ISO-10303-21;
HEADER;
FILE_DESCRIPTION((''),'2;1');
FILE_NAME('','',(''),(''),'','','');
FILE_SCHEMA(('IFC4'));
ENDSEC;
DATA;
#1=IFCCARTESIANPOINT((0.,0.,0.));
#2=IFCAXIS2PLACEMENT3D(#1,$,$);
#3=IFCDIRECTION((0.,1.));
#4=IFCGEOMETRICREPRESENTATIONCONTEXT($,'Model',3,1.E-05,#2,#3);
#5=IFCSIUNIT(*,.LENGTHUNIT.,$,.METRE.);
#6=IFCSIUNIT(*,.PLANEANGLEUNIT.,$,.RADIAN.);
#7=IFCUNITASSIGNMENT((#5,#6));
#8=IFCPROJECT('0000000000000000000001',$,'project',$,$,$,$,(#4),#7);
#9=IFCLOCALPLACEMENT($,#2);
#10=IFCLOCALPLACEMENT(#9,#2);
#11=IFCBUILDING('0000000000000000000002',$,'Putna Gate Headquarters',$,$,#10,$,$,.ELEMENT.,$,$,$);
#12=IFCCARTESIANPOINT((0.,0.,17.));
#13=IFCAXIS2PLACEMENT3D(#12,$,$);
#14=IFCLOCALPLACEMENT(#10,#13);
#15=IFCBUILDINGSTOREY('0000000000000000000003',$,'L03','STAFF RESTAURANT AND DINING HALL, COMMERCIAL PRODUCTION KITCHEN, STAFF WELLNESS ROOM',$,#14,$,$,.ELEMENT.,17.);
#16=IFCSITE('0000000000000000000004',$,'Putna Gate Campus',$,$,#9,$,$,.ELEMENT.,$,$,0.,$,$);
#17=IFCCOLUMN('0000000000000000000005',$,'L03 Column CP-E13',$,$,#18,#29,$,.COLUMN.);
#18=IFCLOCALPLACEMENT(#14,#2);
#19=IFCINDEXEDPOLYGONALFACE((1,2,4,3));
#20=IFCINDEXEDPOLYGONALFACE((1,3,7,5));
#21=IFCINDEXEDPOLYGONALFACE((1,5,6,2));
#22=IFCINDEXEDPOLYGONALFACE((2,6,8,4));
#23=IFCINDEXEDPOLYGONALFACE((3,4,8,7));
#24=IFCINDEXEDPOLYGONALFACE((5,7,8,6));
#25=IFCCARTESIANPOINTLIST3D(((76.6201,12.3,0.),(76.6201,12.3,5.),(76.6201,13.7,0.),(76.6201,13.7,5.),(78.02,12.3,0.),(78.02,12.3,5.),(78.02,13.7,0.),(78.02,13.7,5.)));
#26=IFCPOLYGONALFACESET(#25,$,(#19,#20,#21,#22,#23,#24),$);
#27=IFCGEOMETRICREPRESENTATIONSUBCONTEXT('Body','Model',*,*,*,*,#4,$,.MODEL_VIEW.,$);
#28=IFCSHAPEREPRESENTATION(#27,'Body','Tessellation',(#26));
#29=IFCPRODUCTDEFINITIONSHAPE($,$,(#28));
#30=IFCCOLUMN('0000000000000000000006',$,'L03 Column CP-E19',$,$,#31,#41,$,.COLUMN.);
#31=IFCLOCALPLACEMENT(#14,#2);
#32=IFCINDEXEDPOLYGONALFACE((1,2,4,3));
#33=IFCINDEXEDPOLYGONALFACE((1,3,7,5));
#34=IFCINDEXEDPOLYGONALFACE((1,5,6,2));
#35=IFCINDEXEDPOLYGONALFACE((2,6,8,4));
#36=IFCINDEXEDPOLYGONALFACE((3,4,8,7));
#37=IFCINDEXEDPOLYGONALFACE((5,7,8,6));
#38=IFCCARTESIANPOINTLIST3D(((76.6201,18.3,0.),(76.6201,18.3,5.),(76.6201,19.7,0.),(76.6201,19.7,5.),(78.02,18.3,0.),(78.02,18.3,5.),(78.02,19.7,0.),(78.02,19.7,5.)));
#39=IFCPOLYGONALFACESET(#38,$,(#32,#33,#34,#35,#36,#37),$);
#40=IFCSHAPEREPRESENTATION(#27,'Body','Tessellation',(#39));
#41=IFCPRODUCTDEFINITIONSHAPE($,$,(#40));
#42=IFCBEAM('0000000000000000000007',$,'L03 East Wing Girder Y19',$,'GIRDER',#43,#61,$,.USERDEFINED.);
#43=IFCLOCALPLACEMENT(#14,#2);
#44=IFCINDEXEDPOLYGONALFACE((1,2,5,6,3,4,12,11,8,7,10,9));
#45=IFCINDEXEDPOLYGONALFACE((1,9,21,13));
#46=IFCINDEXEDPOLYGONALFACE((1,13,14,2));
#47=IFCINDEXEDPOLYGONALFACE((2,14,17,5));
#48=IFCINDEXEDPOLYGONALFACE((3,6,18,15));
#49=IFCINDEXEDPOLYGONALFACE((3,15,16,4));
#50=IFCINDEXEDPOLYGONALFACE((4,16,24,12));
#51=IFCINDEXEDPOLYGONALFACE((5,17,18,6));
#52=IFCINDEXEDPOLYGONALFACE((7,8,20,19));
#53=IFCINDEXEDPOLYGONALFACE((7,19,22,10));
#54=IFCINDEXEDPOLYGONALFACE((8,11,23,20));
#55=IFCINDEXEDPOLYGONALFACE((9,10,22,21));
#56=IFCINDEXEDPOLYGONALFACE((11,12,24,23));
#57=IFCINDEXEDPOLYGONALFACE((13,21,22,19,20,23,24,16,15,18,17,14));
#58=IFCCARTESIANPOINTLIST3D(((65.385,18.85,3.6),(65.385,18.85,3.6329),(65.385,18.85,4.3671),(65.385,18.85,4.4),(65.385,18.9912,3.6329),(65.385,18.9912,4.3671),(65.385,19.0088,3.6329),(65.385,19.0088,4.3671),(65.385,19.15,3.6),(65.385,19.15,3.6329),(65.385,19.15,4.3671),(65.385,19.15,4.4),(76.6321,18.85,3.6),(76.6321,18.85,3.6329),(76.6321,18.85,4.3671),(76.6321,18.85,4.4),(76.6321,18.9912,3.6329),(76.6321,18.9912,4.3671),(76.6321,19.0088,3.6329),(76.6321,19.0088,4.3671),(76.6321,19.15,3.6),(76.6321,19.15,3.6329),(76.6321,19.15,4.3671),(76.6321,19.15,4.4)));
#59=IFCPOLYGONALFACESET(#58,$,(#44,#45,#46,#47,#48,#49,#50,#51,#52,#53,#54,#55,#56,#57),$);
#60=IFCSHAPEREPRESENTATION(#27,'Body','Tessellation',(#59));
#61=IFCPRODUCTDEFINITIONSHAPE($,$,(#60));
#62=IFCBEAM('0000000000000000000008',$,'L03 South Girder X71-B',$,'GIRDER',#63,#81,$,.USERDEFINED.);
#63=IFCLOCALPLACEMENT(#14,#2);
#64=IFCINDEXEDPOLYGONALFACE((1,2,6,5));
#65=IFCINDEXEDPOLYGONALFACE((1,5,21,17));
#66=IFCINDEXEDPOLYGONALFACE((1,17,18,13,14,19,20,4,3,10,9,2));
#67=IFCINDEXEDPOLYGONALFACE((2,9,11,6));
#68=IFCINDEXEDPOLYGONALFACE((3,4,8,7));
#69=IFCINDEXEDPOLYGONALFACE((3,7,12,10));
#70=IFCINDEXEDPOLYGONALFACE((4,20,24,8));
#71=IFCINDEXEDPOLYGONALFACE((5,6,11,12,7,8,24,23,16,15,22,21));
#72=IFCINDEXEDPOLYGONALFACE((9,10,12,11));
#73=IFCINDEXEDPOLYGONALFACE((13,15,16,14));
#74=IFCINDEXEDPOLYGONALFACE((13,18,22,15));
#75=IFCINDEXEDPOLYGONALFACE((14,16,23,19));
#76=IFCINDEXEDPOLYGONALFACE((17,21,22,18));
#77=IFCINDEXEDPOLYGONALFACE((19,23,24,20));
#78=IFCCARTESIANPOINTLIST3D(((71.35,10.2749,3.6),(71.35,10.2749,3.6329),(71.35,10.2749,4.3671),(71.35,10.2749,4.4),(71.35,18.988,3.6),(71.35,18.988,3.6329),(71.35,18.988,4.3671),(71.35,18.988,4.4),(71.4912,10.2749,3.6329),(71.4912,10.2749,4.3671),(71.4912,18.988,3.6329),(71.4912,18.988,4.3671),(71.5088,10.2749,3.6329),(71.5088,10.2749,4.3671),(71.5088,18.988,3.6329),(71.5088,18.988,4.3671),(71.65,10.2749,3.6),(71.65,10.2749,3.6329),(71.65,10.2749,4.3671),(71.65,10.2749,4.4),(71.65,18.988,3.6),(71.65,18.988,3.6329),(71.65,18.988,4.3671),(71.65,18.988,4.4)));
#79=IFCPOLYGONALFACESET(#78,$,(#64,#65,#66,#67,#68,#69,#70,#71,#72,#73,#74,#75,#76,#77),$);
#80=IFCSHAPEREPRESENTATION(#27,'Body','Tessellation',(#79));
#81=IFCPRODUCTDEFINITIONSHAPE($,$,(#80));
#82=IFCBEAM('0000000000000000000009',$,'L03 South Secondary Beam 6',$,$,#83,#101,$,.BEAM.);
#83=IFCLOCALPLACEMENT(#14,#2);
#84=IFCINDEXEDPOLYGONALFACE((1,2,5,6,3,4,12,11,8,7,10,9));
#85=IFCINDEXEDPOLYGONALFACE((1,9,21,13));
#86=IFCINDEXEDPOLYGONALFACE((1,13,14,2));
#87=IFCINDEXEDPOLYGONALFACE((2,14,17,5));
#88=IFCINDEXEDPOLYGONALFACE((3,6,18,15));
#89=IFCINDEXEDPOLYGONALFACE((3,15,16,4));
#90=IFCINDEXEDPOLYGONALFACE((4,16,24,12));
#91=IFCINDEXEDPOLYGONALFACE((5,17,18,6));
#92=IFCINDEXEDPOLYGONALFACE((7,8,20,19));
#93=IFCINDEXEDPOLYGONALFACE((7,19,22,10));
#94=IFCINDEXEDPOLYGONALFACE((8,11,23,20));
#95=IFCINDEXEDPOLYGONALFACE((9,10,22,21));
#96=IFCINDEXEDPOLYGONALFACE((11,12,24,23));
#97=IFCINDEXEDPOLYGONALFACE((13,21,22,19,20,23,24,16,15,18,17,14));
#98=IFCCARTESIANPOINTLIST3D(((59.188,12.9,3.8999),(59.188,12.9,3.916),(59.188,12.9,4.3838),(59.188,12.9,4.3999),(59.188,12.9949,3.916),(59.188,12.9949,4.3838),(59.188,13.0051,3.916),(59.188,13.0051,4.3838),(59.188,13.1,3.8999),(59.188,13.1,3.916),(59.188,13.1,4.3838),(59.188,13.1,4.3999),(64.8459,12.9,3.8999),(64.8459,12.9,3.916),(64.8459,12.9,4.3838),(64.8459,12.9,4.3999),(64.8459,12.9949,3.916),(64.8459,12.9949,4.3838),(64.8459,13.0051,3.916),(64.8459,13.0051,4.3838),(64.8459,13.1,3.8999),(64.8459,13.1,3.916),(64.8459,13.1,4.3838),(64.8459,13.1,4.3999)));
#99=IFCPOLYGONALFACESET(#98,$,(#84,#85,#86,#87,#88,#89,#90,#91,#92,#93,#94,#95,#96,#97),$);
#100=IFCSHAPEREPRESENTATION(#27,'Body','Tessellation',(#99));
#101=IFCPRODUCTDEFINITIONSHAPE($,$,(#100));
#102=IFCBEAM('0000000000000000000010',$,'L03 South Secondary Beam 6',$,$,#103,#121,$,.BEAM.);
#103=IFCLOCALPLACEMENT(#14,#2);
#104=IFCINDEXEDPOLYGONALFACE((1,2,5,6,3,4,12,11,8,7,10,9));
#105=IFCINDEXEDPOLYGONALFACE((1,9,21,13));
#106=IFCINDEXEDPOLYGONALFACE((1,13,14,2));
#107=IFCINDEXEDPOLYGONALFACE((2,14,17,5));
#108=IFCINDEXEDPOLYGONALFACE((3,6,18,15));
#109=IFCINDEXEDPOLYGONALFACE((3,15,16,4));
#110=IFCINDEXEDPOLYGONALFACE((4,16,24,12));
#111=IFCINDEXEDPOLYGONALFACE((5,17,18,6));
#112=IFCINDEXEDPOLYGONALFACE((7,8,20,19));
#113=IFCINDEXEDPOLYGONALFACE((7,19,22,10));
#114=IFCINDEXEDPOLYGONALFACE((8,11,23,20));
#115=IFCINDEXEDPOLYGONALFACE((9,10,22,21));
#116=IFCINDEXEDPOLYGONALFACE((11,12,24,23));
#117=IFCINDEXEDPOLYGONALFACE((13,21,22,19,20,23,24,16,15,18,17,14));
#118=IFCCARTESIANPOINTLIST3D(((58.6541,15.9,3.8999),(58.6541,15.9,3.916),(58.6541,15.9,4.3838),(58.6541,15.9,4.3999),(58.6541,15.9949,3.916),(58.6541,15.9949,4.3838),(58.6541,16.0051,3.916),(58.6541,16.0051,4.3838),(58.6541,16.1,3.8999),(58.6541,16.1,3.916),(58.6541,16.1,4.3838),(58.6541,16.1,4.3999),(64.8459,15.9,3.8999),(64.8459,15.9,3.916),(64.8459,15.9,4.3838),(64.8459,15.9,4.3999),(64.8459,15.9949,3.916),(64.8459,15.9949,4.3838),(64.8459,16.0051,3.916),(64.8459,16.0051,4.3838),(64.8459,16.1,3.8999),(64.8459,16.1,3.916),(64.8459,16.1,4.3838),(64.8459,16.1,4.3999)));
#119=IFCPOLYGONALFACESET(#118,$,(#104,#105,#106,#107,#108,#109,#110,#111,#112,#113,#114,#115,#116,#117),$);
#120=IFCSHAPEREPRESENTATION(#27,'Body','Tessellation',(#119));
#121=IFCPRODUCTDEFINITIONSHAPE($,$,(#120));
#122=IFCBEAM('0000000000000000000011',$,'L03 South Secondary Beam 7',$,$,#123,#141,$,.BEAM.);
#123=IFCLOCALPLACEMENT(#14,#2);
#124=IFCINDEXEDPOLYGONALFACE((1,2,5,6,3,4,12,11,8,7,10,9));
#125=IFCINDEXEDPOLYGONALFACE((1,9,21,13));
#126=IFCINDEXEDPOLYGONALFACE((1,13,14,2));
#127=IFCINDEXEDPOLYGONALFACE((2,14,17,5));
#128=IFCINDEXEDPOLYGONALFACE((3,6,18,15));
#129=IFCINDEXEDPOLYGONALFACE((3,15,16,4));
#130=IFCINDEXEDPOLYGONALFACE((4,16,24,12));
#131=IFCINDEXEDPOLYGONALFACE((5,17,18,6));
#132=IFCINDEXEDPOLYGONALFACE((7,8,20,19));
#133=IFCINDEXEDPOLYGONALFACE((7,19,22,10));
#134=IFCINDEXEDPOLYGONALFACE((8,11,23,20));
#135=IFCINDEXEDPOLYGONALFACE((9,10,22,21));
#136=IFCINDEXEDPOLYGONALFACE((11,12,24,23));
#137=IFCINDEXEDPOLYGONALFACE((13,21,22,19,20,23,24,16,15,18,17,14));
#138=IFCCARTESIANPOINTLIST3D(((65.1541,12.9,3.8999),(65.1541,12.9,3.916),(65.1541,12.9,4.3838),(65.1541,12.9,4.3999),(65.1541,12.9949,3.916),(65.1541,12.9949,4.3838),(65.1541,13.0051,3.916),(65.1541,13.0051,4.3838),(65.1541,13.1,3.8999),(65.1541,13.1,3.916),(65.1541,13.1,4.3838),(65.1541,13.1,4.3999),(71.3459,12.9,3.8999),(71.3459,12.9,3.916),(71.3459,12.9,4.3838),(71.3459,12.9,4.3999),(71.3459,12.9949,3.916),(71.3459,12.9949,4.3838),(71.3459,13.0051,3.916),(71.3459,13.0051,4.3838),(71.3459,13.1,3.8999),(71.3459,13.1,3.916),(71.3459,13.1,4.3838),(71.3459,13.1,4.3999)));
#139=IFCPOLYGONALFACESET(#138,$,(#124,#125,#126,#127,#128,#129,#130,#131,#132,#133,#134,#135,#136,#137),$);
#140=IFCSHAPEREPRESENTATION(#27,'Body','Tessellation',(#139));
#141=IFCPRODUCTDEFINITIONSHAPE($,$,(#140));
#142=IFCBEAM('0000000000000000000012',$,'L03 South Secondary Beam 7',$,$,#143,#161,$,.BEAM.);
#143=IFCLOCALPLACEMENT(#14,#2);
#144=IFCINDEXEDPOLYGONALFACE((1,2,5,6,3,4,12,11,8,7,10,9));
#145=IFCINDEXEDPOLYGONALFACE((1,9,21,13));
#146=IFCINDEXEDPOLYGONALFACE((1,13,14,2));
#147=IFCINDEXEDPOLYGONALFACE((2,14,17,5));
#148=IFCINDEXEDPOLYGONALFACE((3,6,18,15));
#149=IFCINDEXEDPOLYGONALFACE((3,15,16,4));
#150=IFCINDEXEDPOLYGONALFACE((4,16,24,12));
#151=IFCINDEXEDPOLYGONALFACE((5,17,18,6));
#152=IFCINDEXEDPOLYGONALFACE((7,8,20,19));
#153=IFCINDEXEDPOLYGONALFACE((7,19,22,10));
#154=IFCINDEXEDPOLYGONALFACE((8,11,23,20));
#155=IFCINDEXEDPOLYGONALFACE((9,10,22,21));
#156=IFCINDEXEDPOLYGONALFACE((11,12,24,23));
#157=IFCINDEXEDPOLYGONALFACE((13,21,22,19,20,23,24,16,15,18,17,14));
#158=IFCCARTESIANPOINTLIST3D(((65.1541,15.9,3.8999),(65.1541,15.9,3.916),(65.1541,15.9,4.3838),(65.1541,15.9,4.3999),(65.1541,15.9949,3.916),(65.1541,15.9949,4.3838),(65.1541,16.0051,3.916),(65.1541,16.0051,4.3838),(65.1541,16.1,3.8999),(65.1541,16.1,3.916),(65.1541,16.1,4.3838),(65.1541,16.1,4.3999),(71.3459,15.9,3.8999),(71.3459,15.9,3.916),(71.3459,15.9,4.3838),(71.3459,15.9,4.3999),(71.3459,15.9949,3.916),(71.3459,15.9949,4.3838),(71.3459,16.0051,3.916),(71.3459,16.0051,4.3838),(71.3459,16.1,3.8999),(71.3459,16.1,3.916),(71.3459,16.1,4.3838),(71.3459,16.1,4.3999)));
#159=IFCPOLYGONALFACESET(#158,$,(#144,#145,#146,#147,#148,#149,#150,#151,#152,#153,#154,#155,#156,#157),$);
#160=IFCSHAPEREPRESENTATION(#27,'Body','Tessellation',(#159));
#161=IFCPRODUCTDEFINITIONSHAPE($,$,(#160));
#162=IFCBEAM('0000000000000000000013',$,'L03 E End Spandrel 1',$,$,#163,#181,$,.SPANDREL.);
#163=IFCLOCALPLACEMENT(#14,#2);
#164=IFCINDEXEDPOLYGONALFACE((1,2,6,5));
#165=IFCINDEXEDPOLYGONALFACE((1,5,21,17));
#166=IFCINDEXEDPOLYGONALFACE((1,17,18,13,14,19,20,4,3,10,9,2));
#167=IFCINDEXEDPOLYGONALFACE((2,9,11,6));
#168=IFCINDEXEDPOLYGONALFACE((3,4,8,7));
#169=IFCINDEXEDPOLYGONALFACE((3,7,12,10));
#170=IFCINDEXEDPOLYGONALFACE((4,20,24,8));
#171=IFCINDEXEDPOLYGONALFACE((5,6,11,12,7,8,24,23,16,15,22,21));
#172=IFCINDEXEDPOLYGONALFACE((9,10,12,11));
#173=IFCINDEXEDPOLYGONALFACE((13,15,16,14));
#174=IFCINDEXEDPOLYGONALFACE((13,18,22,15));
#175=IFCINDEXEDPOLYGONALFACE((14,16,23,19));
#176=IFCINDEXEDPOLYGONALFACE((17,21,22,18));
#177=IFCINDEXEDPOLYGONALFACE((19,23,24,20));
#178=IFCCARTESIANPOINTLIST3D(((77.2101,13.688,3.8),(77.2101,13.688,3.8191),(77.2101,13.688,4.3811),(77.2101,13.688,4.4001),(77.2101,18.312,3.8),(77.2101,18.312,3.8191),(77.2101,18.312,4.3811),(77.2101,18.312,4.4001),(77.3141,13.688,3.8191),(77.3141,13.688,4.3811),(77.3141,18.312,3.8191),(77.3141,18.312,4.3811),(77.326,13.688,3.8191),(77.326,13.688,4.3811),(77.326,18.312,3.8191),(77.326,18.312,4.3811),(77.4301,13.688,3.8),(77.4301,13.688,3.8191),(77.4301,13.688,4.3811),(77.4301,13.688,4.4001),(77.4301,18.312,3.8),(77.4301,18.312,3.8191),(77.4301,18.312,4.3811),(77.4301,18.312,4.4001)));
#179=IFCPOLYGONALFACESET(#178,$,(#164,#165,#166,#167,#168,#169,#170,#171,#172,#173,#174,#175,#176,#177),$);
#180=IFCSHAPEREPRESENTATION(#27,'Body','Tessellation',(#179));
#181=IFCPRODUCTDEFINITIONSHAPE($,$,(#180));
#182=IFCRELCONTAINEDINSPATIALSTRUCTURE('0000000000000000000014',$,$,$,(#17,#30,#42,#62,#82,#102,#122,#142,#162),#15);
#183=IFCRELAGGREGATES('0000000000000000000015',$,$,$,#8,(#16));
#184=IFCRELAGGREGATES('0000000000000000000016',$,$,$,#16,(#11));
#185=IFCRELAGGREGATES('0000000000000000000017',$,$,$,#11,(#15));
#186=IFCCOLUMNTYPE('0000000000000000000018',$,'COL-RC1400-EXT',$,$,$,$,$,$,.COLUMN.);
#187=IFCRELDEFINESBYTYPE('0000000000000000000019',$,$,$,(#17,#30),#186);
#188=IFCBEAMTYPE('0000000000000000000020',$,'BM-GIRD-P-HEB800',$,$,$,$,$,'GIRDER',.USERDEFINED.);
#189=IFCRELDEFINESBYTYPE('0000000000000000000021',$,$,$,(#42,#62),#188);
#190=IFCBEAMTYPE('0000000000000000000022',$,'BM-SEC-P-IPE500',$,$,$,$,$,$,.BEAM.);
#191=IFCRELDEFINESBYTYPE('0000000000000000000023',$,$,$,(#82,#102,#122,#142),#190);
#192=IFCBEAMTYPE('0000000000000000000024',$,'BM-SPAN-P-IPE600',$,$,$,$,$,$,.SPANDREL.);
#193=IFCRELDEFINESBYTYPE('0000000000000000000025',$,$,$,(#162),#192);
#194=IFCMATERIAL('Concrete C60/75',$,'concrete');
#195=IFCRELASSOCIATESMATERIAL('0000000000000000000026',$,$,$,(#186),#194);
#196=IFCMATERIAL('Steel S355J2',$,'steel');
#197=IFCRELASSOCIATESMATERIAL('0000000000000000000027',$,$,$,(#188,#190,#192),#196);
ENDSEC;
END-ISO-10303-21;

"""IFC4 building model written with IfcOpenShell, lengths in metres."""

from ifc_helpers import new_model, si_unit, direction, frame, origin, origin_2d, place, context, subcontext, project, spatial, rectangle, i_section, extrude, material, material_profile, profile_set, type_object, element, save


model = new_model("IFC4")

# Units and contexts
model_context = context("Model", 3, precision=1e-05, world=origin(), true_north=direction((0.0, 1.0)))
body_context = subcontext(model_context, "Body", "Model", "MODEL_VIEW")
ifc_project = project(units=[si_unit("LENGTHUNIT", "METRE"), si_unit("PLANEANGLEUNIT", "RADIAN")], contexts=[model_context])

# Site, building, storey
site_placement = place(None, origin())
site = spatial("IfcSite", under=ifc_project, at=site_placement, Name="Putna Gate Campus", CompositionType="ELEMENT", RefElevation=0.0)
building_placement = place(site_placement, origin())
building = spatial("IfcBuilding", under=site, at=building_placement, Name="Putna Gate Headquarters", CompositionType="ELEMENT")
storey_placement = place(building_placement, frame((0.0, 0.0, 17.0)))
storey = spatial("IfcBuildingStorey", under=building, at=storey_placement, Name="L03", Description="STAFF RESTAURANT AND DINING HALL, COMMERCIAL PRODUCTION KITCHEN, STAFF WELLNESS ROOM", CompositionType="ELEMENT", Elevation=17.0)

# Columns
ifc_material_1 = material(Name="Concrete C60/75", Category="concrete")
ifc_material_profile_1 = material_profile(ifc_material_1, rectangle(XDim=1.3999, YDim=1.3999, at=origin_2d()), Name="Concrete C60/75")
ifc_profile_set_1 = profile_set([ifc_material_profile_1], Name="Concrete C60/75")
column_type = type_object("IfcColumnType", Name="COL-RC1400-EXT", PredefinedType="COLUMN", material=ifc_profile_set_1)
for number, where, z_axis, x_axis, name in (
    (1, (77.3201, 13.0, 0.0), (0.0, 0.0, 1.0), (1.0, 0.0, 0.0), "L03 Column CP-E13"),
    (2, (77.3201, 19.0, 0.0), (0.0, 0.0, 1.0), (1.0, 0.0, 0.0), "L03 Column CP-E19"),
):
    element("IfcColumn", number, at=place(storey_placement, frame(where, z_axis=z_axis, x_axis=x_axis)), inside=storey, type_object=column_type, Name=name, PredefinedType="COLUMN", context=body_context, shape_type="SweptSolid", body=[
        extrude(rectangle(XDim=1.3999, YDim=1.3999, at=origin_2d()), origin(), (0.0, 0.0, 1.0), 5.0),
    ])

# Beams
ifc_material_2 = material(Name="Steel S355J2", Category="steel")
ifc_material_profile_2 = material_profile(ifc_material_2, i_section(OverallWidth=0.3, OverallDepth=0.8, WebThickness=0.0176, FlangeThickness=0.033, at=origin_2d()), Name="Steel S355J2")
ifc_profile_set_2 = profile_set([ifc_material_profile_2], Name="Steel S355J2")
beam_type_1 = type_object("IfcBeamType", Name="BM-GIRD-P-HEB800", ElementType="GIRDER", PredefinedType="USERDEFINED", material=ifc_profile_set_2)
beam_1_placement = place(storey_placement, frame((65.385, 19.0, 4.0), z_axis=(1.0, 0.0, 0.0), x_axis=(0.0, 1.0, 0.0)))
element("IfcBeam", 3, at=beam_1_placement, inside=storey, type_object=beam_type_1, Name="L03 East Wing Girder Y19", ObjectType="GIRDER", PredefinedType="USERDEFINED", context=body_context, shape_type="SweptSolid", body=[
    extrude(i_section(OverallWidth=0.3, OverallDepth=0.8, WebThickness=0.0176, FlangeThickness=0.033, at=origin_2d()), origin(), (0.0, 0.0, 1.0), 11.2471),
])
beam_2_placement = place(storey_placement, frame((71.5, 10.2749, 4.0), z_axis=(0.0, 1.0, 0.0), x_axis=(-1.0, 0.0, 0.0)))
element("IfcBeam", 4, at=beam_2_placement, inside=storey, type_object=beam_type_1, Name="L03 South Girder X71-B", ObjectType="GIRDER", PredefinedType="USERDEFINED", context=body_context, shape_type="SweptSolid", body=[
    extrude(i_section(OverallWidth=0.3, OverallDepth=0.8, WebThickness=0.0176, FlangeThickness=0.033, at=origin_2d()), origin(), (0.0, 0.0, 1.0), 8.7131),
])
ifc_material_profile_3 = material_profile(ifc_material_2, i_section(OverallWidth=0.2, OverallDepth=0.5, WebThickness=0.0103, FlangeThickness=0.0161, at=origin_2d()), Name="Steel S355J2")
ifc_profile_set_3 = profile_set([ifc_material_profile_3], Name="Steel S355J2")
beam_type_2 = type_object("IfcBeamType", Name="BM-SEC-P-IPE500", PredefinedType="BEAM", material=ifc_profile_set_3)
beam_3_placement = place(storey_placement, frame((59.188, 13.0, 4.1499), z_axis=(1.0, 0.0, 0.0), x_axis=(0.0, 1.0, 0.0)))
element("IfcBeam", 5, at=beam_3_placement, inside=storey, type_object=beam_type_2, Name="L03 South Secondary Beam 6", PredefinedType="BEAM", context=body_context, shape_type="SweptSolid", body=[
    extrude(i_section(OverallWidth=0.2, OverallDepth=0.5, WebThickness=0.0103, FlangeThickness=0.0161, at=origin_2d()), origin(), (0.0, 0.0, 1.0), 5.658),
])
for number, where, z_axis, x_axis, name in (
    (6, (58.6541, 16.0, 4.1499), (1.0, 0.0, 0.0), (0.0, 1.0, 0.0), "L03 South Secondary Beam 6"),
    (7, (65.1541, 13.0, 4.1499), (1.0, 0.0, 0.0), (0.0, 1.0, 0.0), "L03 South Secondary Beam 7"),
    (8, (65.1541, 16.0, 4.1499), (1.0, 0.0, 0.0), (0.0, 1.0, 0.0), "L03 South Secondary Beam 7"),
):
    element("IfcBeam", number, at=place(storey_placement, frame(where, z_axis=z_axis, x_axis=x_axis)), inside=storey, type_object=beam_type_2, Name=name, PredefinedType="BEAM", context=body_context, shape_type="SweptSolid", body=[
        extrude(i_section(OverallWidth=0.2, OverallDepth=0.5, WebThickness=0.0103, FlangeThickness=0.0161, at=origin_2d()), origin(), (0.0, 0.0, 1.0), 6.1919),
    ])
ifc_material_profile_4 = material_profile(ifc_material_2, i_section(OverallWidth=0.22, OverallDepth=0.6001, WebThickness=0.012, FlangeThickness=0.019, at=origin_2d()), Name="Steel S355J2")
ifc_profile_set_4 = profile_set([ifc_material_profile_4], Name="Steel S355J2")
beam_type_3 = type_object("IfcBeamType", Name="BM-SPAN-P-IPE600", PredefinedType="SPANDREL", material=ifc_profile_set_4)
beam_4_placement = place(storey_placement, frame((77.3201, 13.688, 4.1001), z_axis=(0.0, 1.0, 0.0), x_axis=(-1.0, 0.0, 0.0)))
element("IfcBeam", 9, at=beam_4_placement, inside=storey, type_object=beam_type_3, Name="L03 E End Spandrel 1", PredefinedType="SPANDREL", context=body_context, shape_type="SweptSolid", body=[
    extrude(i_section(OverallWidth=0.22, OverallDepth=0.6001, WebThickness=0.012, FlangeThickness=0.019, at=origin_2d()), origin(), (0.0, 0.0, 1.0), 4.624),
])

save(model, "model.ifc")
